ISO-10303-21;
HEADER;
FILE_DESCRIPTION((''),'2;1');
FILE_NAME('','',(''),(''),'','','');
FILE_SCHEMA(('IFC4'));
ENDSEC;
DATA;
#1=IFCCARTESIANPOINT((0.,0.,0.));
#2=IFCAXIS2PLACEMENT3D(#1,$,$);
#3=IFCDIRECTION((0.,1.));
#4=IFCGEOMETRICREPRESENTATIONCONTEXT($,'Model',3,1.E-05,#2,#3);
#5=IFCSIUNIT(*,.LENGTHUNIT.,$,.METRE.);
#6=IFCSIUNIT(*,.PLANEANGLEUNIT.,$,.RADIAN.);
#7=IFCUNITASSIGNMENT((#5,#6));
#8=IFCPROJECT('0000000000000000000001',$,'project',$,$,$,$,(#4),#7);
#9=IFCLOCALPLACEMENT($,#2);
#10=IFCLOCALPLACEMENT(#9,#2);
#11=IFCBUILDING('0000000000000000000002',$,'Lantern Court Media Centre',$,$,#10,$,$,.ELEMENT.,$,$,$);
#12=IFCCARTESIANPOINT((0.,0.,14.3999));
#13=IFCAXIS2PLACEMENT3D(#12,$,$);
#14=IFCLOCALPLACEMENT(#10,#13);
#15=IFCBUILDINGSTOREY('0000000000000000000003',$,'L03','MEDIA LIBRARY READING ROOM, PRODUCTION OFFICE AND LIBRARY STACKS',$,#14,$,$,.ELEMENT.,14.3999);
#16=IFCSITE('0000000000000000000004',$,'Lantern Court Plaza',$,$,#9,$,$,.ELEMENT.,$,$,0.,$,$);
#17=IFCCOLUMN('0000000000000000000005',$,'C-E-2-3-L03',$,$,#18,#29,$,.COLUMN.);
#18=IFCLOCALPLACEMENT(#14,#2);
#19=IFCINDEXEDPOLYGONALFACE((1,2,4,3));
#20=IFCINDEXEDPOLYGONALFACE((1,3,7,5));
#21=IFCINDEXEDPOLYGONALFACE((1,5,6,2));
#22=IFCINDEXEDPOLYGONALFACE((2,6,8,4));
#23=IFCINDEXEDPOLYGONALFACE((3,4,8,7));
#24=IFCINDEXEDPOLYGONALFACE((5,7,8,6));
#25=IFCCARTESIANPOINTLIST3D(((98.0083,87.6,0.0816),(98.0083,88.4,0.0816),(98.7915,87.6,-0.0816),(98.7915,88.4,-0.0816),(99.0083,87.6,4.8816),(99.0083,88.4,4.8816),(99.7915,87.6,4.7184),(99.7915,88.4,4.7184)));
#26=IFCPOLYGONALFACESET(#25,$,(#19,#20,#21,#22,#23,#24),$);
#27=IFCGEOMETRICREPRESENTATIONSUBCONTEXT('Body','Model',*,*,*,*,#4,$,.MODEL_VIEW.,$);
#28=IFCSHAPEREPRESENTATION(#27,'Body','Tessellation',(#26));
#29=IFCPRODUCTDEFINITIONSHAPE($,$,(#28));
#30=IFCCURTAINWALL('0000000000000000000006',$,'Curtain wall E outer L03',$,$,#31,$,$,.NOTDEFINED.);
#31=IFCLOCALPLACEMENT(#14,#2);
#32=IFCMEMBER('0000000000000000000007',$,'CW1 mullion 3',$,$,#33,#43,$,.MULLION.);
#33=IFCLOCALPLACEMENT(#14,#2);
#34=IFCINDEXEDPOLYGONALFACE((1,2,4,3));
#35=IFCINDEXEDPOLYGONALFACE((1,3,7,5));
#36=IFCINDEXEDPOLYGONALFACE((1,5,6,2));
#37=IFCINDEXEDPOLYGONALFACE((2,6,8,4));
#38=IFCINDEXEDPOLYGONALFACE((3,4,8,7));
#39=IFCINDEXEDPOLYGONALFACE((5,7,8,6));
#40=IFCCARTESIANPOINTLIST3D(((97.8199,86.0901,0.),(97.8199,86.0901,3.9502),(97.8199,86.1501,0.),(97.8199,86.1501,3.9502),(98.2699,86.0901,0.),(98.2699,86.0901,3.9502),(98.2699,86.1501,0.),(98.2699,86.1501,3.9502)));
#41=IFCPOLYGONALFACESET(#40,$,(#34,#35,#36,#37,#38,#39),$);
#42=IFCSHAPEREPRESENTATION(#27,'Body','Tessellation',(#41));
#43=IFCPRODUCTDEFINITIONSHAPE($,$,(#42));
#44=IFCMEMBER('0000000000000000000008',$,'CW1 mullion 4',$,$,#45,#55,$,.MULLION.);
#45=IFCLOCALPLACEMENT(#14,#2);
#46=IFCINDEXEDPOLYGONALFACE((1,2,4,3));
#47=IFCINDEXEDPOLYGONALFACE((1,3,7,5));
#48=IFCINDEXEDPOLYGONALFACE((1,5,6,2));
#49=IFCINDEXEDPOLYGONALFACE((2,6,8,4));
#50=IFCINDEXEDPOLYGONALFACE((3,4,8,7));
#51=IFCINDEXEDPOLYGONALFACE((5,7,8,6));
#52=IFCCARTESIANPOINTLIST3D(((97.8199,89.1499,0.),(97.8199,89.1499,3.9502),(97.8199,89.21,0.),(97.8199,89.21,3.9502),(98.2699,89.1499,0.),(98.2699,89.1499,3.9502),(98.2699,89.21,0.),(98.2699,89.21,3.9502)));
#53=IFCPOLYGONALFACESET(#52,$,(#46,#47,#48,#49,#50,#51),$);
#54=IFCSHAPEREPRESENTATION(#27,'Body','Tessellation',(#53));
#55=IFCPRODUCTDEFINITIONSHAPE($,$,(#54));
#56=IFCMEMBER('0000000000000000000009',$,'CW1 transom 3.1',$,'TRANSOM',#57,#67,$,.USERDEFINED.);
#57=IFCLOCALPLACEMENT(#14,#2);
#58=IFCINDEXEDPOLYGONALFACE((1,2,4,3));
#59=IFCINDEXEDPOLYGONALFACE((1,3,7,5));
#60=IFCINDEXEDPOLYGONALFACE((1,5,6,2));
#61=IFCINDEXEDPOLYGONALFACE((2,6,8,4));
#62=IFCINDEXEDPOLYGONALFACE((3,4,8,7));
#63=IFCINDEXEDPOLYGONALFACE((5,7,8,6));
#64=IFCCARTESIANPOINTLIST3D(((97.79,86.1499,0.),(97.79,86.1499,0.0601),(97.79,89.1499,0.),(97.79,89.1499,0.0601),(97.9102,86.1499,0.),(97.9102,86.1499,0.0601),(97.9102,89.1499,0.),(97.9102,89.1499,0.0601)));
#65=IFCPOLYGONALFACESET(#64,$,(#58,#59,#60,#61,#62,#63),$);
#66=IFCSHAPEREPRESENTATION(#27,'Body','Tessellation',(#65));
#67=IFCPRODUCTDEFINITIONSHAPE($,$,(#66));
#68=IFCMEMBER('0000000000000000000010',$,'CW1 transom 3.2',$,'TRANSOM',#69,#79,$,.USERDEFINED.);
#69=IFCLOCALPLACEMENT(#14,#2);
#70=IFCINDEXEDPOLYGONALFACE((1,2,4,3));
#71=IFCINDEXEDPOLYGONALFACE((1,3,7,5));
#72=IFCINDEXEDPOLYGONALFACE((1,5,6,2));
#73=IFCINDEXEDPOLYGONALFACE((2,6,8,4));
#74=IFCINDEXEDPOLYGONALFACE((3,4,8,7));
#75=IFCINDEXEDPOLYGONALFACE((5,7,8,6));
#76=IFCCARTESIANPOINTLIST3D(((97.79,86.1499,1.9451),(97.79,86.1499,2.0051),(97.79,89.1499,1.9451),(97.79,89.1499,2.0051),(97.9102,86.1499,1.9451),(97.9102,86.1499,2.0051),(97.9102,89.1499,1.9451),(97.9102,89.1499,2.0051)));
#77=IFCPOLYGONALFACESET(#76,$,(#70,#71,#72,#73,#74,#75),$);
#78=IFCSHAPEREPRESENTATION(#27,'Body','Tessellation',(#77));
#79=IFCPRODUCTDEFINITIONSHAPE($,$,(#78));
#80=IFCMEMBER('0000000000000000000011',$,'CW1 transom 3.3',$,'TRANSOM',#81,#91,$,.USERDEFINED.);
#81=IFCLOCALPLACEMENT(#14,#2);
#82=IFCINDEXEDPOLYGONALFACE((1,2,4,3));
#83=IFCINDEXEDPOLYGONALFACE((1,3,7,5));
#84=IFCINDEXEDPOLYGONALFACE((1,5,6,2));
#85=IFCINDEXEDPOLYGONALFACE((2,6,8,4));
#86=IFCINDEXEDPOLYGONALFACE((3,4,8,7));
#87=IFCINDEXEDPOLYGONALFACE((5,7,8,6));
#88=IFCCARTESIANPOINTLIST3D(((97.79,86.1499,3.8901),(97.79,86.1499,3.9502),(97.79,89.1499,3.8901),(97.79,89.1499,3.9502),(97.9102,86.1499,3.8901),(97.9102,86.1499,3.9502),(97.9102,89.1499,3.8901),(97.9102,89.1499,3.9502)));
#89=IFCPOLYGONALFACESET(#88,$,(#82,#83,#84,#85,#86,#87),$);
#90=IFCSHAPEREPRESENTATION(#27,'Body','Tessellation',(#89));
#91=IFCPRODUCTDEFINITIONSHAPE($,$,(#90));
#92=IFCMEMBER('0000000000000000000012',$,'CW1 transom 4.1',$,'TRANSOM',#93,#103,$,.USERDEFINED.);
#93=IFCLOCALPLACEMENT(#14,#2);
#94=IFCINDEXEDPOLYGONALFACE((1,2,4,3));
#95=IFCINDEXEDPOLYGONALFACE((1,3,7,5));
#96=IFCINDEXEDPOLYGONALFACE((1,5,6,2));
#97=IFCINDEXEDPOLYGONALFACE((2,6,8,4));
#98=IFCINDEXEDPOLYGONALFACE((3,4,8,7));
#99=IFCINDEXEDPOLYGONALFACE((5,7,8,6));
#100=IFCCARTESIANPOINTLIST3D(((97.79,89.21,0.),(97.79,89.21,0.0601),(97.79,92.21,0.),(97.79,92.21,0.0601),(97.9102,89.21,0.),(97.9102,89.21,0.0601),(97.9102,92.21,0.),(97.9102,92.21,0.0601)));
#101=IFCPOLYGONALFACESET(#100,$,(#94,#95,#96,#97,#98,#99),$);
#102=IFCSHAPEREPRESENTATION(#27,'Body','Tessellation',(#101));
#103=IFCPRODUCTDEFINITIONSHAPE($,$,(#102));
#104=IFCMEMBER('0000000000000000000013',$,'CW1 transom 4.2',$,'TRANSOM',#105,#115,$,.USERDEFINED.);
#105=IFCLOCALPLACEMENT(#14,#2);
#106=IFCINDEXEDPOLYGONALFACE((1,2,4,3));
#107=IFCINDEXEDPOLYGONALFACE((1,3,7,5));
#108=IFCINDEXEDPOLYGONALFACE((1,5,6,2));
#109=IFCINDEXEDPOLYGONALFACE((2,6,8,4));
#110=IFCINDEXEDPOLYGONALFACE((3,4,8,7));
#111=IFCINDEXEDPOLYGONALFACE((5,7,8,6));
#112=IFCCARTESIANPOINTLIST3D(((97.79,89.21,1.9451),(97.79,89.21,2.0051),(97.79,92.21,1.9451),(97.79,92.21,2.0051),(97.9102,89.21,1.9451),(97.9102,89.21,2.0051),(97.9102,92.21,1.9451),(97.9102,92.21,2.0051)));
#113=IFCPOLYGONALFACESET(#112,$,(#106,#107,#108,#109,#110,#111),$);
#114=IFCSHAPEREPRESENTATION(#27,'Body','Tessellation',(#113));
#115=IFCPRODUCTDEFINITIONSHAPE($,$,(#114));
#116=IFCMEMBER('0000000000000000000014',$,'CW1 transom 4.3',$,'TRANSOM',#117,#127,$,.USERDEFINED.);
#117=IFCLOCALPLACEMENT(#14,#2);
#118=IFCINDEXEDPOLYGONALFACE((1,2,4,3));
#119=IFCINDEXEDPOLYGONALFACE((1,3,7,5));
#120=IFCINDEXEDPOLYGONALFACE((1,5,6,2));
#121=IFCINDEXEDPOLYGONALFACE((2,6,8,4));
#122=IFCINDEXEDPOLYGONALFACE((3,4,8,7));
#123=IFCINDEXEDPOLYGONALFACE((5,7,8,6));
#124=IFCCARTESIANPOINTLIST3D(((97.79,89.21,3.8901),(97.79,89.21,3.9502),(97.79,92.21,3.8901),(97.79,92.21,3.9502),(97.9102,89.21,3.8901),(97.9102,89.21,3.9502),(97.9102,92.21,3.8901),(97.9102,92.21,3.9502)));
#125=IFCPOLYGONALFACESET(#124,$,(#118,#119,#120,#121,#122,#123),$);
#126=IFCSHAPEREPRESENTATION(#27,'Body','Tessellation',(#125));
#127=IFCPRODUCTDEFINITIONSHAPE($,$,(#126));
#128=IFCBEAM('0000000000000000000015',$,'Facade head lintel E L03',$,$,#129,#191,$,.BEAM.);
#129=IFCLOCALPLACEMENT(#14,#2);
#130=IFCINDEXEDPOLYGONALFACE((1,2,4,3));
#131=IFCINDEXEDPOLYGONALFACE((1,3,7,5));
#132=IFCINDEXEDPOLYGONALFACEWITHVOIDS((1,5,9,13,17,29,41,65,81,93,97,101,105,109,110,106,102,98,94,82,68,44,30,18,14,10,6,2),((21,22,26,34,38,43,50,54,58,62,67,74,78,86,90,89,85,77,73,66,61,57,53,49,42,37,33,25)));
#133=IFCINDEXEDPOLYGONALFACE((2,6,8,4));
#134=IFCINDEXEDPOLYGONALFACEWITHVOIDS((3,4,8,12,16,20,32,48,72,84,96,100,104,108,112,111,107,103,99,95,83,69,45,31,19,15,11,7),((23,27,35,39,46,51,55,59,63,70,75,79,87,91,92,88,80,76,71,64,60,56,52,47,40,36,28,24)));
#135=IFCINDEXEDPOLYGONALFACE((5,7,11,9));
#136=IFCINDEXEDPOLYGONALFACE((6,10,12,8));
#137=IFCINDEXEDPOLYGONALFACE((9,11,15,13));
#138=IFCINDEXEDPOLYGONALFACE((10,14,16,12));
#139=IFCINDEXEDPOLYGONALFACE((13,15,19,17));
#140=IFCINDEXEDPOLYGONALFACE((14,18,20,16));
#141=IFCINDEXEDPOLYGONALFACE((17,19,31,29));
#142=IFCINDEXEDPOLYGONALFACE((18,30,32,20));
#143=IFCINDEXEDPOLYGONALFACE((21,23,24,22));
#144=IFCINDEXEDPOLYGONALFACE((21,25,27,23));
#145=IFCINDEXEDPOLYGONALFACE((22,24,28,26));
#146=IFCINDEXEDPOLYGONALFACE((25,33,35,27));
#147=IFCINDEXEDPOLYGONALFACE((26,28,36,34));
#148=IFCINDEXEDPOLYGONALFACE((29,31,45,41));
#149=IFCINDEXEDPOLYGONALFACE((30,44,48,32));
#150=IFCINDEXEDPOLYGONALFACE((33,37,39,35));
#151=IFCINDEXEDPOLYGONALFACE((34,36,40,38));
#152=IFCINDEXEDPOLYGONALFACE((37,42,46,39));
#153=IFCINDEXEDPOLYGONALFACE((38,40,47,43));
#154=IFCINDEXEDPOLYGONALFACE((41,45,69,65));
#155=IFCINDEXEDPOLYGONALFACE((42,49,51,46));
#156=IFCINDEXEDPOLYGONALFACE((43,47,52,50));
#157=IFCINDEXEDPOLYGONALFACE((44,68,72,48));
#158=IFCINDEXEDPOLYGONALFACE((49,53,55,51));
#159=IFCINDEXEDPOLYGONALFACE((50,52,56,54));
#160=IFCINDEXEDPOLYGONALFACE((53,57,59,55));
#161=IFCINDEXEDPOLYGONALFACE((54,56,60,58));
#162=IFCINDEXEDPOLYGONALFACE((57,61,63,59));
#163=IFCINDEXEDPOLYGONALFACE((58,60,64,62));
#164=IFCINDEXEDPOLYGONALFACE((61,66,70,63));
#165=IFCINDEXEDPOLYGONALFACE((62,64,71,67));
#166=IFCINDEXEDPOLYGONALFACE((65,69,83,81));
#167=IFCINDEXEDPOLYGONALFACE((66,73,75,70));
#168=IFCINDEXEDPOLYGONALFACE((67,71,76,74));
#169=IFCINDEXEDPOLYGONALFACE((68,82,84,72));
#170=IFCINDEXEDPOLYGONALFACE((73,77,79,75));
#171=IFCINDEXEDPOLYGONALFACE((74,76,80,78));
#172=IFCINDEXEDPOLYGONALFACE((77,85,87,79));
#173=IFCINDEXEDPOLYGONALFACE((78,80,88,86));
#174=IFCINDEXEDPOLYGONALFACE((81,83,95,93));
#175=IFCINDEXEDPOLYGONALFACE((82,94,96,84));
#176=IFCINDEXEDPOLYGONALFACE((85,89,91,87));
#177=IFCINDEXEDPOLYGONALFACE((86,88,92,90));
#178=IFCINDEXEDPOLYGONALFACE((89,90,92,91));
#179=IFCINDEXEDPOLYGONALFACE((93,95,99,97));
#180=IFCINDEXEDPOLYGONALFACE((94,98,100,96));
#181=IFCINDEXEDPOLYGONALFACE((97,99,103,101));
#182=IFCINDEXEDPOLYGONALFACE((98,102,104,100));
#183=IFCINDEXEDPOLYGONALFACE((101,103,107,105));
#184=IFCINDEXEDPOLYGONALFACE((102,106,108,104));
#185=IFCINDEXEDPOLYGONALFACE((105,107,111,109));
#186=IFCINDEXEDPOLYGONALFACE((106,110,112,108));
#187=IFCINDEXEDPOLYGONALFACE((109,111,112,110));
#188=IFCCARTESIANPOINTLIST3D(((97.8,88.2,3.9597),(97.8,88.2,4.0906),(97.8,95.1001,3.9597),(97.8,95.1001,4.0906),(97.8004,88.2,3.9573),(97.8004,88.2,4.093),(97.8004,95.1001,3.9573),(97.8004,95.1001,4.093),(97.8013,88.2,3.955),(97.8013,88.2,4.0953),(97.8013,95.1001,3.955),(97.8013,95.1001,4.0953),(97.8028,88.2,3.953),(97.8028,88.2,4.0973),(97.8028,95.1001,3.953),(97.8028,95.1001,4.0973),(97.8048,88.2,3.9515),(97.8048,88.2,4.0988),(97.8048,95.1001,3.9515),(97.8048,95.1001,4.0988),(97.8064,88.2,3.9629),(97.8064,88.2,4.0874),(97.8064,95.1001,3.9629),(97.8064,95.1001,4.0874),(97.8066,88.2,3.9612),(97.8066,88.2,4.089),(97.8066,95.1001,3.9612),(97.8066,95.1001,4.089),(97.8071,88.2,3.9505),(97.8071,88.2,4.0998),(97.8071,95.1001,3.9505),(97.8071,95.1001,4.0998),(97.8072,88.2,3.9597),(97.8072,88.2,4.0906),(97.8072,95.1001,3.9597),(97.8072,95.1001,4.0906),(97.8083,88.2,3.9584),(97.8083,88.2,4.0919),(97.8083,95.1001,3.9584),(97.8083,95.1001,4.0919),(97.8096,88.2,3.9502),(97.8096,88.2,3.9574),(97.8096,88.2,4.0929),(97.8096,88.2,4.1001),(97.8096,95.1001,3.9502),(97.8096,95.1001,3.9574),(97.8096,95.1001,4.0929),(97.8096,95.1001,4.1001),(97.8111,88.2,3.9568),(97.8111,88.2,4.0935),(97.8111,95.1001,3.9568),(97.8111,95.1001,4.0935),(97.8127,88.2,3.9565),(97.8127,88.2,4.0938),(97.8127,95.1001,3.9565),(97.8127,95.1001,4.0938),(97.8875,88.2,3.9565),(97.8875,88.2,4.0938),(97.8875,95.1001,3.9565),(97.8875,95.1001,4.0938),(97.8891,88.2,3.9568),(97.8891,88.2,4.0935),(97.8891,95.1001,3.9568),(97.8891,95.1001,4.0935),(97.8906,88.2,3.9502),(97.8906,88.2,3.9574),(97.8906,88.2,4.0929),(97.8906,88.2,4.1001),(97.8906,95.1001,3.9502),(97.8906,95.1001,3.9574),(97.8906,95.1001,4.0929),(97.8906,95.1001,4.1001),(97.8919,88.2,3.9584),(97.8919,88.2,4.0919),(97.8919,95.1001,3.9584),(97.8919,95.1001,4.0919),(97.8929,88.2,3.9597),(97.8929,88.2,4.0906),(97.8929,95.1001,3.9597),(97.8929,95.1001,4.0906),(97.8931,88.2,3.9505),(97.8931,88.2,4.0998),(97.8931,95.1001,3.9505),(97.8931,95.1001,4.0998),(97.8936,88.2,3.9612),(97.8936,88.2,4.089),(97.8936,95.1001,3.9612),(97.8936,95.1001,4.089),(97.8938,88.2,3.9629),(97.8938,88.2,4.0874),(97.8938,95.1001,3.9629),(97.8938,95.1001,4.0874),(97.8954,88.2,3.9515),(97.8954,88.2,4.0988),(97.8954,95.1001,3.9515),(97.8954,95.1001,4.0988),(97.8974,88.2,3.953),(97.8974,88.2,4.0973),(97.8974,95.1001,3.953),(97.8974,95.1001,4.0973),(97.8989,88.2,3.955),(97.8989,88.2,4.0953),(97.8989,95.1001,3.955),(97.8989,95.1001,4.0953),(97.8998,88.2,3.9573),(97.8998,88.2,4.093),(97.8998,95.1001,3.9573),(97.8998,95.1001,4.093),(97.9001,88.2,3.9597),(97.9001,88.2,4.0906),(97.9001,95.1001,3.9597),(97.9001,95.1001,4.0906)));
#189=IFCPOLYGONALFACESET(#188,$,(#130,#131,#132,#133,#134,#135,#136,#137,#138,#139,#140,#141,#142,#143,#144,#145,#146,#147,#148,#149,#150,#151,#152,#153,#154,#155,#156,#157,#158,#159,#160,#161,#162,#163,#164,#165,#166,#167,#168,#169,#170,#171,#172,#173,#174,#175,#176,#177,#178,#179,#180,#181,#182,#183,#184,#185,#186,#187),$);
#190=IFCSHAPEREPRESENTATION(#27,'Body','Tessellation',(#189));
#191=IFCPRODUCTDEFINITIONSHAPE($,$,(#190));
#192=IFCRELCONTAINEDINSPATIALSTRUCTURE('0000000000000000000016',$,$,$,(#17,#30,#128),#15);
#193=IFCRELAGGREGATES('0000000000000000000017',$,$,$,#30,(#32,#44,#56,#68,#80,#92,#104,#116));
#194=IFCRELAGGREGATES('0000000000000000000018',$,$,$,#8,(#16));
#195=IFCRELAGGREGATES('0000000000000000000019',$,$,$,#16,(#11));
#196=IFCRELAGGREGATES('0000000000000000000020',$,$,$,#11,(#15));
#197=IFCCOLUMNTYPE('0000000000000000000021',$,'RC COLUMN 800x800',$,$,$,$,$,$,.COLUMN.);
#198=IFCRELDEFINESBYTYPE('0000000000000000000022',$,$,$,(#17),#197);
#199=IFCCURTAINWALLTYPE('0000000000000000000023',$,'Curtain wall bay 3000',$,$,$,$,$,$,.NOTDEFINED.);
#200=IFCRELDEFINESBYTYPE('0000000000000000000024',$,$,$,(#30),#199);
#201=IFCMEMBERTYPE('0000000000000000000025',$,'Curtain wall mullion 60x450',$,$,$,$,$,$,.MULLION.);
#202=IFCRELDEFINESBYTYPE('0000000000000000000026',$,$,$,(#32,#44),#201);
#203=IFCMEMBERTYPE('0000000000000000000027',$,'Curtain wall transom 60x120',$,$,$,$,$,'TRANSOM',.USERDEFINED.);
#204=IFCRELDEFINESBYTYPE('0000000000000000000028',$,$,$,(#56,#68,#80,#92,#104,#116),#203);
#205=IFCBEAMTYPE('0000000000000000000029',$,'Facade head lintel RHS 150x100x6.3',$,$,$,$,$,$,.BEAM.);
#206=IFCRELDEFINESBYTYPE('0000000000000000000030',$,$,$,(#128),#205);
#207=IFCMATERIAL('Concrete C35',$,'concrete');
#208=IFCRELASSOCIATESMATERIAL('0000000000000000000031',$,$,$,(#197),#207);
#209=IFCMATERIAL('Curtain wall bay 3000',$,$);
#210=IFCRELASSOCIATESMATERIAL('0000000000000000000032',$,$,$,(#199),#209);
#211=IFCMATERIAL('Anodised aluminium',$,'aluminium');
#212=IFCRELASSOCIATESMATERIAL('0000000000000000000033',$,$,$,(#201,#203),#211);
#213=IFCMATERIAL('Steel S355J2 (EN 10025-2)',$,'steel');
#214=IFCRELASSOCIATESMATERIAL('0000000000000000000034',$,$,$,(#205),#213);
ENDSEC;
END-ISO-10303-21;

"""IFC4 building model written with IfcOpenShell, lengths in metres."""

from ifc_helpers import new_model, si_unit, direction, frame, origin, origin_2d, place, context, subcontext, project, spatial, rectangle, hollow_rectangle, extrude, material, material_profile, profile_set, type_object, element, aggregate, save


model = new_model("IFC4")

# Units and contexts
model_context = context("Model", 3, precision=1e-05, world=origin(), true_north=direction((0.0, 1.0)))
body_context = subcontext(model_context, "Body", "Model", "MODEL_VIEW")
ifc_project = project(units=[si_unit("LENGTHUNIT", "METRE"), si_unit("PLANEANGLEUNIT", "RADIAN")], contexts=[model_context])

# Site, building, storey
site_placement = place(None, origin())
site = spatial("IfcSite", under=ifc_project, at=site_placement, Name="Lantern Court Plaza", CompositionType="ELEMENT", RefElevation=0.0)
building_placement = place(site_placement, origin())
building = spatial("IfcBuilding", under=site, at=building_placement, Name="Lantern Court Media Centre", CompositionType="ELEMENT")
storey_placement = place(building_placement, frame((0.0, 0.0, 14.3999)))
storey = spatial("IfcBuildingStorey", under=building, at=storey_placement, Name="L03", Description="MEDIA LIBRARY READING ROOM, PRODUCTION OFFICE AND LIBRARY STACKS", CompositionType="ELEMENT", Elevation=14.3999)

# Column
ifc_material_1 = material(Name="Concrete C35", Category="concrete")
ifc_material_profile_1 = material_profile(ifc_material_1, rectangle(XDim=0.8, YDim=0.8, at=origin_2d()), Name="RC 800x800")
ifc_profile_set_1 = profile_set([ifc_material_profile_1], Name="Concrete C35")
column_type = type_object("IfcColumnType", Name="RC COLUMN 800x800", PredefinedType="COLUMN", material=ifc_profile_set_1)
column_placement = place(storey_placement, frame((98.3999, 88.0, 0.0), z_axis=(0.203952, 0.0, 0.978981), x_axis=(0.0, 1.0, 0.0)))
element("IfcColumn", 1, at=column_placement, inside=storey, type_object=column_type, Name="C-E-2-3-L03", PredefinedType="COLUMN", context=body_context, shape_type="SweptSolid", body=[
    extrude(rectangle(XDim=0.8, YDim=0.8, at=origin_2d()), origin(), (0.0, 0.0, 1.0), 4.9031),
])

# Curtain wall, members
ifc_material_2 = material(Name="Curtain wall bay 3000")
curtain_wall_type = type_object("IfcCurtainWallType", Name="Curtain wall bay 3000", PredefinedType="NOTDEFINED", material=ifc_material_2)
curtain_wall_placement = place(storey_placement, origin())
curtain_wall = element("IfcCurtainWall", 2, at=curtain_wall_placement, inside=storey, type_object=curtain_wall_type, Name="Curtain wall E outer L03", PredefinedType="NOTDEFINED")
ifc_material_3 = material(Name="Anodised aluminium", Category="aluminium")
ifc_material_profile_2 = material_profile(ifc_material_3, rectangle(XDim=0.45, YDim=0.0601, at=origin_2d()), Name="AL 60x450")
ifc_profile_set_2 = profile_set([ifc_material_profile_2], Name="Anodised aluminium")
member_type_1 = type_object("IfcMemberType", Name="Curtain wall mullion 60x450", PredefinedType="MULLION", material=ifc_profile_set_2)
member_1_placement = place(storey_placement, frame((98.0449, 86.1201, 0.0), z_axis=(0.0, 0.0, 1.0), x_axis=(-1.0, 0.0, 0.0)))
member_1 = element("IfcMember", 3, at=member_1_placement, type_object=member_type_1, Name="CW1 mullion 3", PredefinedType="MULLION", context=body_context, shape_type="SweptSolid", body=[
    extrude(rectangle(XDim=0.45, YDim=0.0601, at=origin_2d()), origin(), (0.0, 0.0, 1.0), 3.9502),
])
member_2_placement = place(storey_placement, frame((98.0449, 89.1799, 0.0), z_axis=(0.0, 0.0, 1.0), x_axis=(-1.0, 0.0, 0.0)))
member_2 = element("IfcMember", 4, at=member_2_placement, type_object=member_type_1, Name="CW1 mullion 4", PredefinedType="MULLION", context=body_context, shape_type="SweptSolid", body=[
    extrude(rectangle(XDim=0.45, YDim=0.0601, at=origin_2d()), origin(), (0.0, 0.0, 1.0), 3.9502),
])
ifc_material_profile_3 = material_profile(ifc_material_3, rectangle(XDim=0.1201, YDim=0.0601, at=origin_2d()), Name="AL 60x120")
ifc_profile_set_3 = profile_set([ifc_material_profile_3], Name="Anodised aluminium")
member_type_2 = type_object("IfcMemberType", Name="Curtain wall transom 60x120", ElementType="TRANSOM", PredefinedType="USERDEFINED", material=ifc_profile_set_3)
member_3_placement = place(storey_placement, frame((97.8501, 86.1499, 0.03), z_axis=(0.0, 1.0, 0.0), x_axis=(-1.0, 0.0, 0.0)))
member_3 = element("IfcMember", 5, at=member_3_placement, type_object=member_type_2, Name="CW1 transom 3.1", ObjectType="TRANSOM", PredefinedType="USERDEFINED", context=body_context, shape_type="SweptSolid", body=[
    extrude(rectangle(XDim=0.1201, YDim=0.0601, at=origin_2d()), origin(), (0.0, 0.0, 1.0), 3.0),
])
member_4_placement = place(storey_placement, frame((97.8501, 86.1499, 1.9751), z_axis=(0.0, 1.0, 0.0), x_axis=(-1.0, 0.0, 0.0)))
member_4 = element("IfcMember", 6, at=member_4_placement, type_object=member_type_2, Name="CW1 transom 3.2", ObjectType="TRANSOM", PredefinedType="USERDEFINED", context=body_context, shape_type="SweptSolid", body=[
    extrude(rectangle(XDim=0.1201, YDim=0.0601, at=origin_2d()), origin(), (0.0, 0.0, 1.0), 3.0),
])
member_5_placement = place(storey_placement, frame((97.8501, 86.1499, 3.9202), z_axis=(0.0, 1.0, 0.0), x_axis=(-1.0, 0.0, 0.0)))
member_5 = element("IfcMember", 7, at=member_5_placement, type_object=member_type_2, Name="CW1 transom 3.3", ObjectType="TRANSOM", PredefinedType="USERDEFINED", context=body_context, shape_type="SweptSolid", body=[
    extrude(rectangle(XDim=0.1201, YDim=0.0601, at=origin_2d()), origin(), (0.0, 0.0, 1.0), 3.0),
])
member_6_placement = place(storey_placement, frame((97.8501, 89.21, 0.03), z_axis=(0.0, 1.0, 0.0), x_axis=(-1.0, 0.0, 0.0)))
member_6 = element("IfcMember", 8, at=member_6_placement, type_object=member_type_2, Name="CW1 transom 4.1", ObjectType="TRANSOM", PredefinedType="USERDEFINED", context=body_context, shape_type="SweptSolid", body=[
    extrude(rectangle(XDim=0.1201, YDim=0.0601, at=origin_2d()), origin(), (0.0, 0.0, 1.0), 3.0),
])
member_7_placement = place(storey_placement, frame((97.8501, 89.21, 1.9751), z_axis=(0.0, 1.0, 0.0), x_axis=(-1.0, 0.0, 0.0)))
member_7 = element("IfcMember", 9, at=member_7_placement, type_object=member_type_2, Name="CW1 transom 4.2", ObjectType="TRANSOM", PredefinedType="USERDEFINED", context=body_context, shape_type="SweptSolid", body=[
    extrude(rectangle(XDim=0.1201, YDim=0.0601, at=origin_2d()), origin(), (0.0, 0.0, 1.0), 3.0),
])
member_8_placement = place(storey_placement, frame((97.8501, 89.21, 3.9202), z_axis=(0.0, 1.0, 0.0), x_axis=(-1.0, 0.0, 0.0)))
member_8 = element("IfcMember", 10, at=member_8_placement, type_object=member_type_2, Name="CW1 transom 4.3", ObjectType="TRANSOM", PredefinedType="USERDEFINED", context=body_context, shape_type="SweptSolid", body=[
    extrude(rectangle(XDim=0.1201, YDim=0.0601, at=origin_2d()), origin(), (0.0, 0.0, 1.0), 3.0),
])

# Beam
ifc_material_4 = material(Name="Steel S355J2 (EN 10025-2)", Category="steel")
ifc_material_profile_4 = material_profile(ifc_material_4, hollow_rectangle(XDim=0.1001, YDim=0.1499, WallThickness=0.0063, InnerFilletRadius=0.0063, OuterFilletRadius=0.0095, at=origin_2d()), Name="Facade head lintel RHS 150x100x6.3")
ifc_profile_set_4 = profile_set([ifc_material_profile_4], Name="Steel S355J2 (EN 10025-2)")
beam_type_1 = type_object("IfcBeamType", Name="Facade head lintel RHS 150x100x6.3", PredefinedType="BEAM", material=ifc_profile_set_4)
beam_1_placement = place(storey_placement, frame((97.8501, 88.2, 4.0251), z_axis=(0.0, 1.0, 0.0), x_axis=(-1.0, 0.0, 0.0)))
element("IfcBeam", 11, at=beam_1_placement, inside=storey, type_object=beam_type_1, Name="Facade head lintel E L03", PredefinedType="BEAM", context=body_context, shape_type="SweptSolid", body=[
    extrude(hollow_rectangle(XDim=0.1001, YDim=0.1499, WallThickness=0.0063, InnerFilletRadius=0.0063, OuterFilletRadius=0.0095, at=origin_2d()), origin(), (0.0, 0.0, 1.0), 6.9001),
])

aggregate(curtain_wall, [member_1, member_2, member_3, member_4, member_5, member_6, member_7, member_8])

save(model, "model.ifc")
